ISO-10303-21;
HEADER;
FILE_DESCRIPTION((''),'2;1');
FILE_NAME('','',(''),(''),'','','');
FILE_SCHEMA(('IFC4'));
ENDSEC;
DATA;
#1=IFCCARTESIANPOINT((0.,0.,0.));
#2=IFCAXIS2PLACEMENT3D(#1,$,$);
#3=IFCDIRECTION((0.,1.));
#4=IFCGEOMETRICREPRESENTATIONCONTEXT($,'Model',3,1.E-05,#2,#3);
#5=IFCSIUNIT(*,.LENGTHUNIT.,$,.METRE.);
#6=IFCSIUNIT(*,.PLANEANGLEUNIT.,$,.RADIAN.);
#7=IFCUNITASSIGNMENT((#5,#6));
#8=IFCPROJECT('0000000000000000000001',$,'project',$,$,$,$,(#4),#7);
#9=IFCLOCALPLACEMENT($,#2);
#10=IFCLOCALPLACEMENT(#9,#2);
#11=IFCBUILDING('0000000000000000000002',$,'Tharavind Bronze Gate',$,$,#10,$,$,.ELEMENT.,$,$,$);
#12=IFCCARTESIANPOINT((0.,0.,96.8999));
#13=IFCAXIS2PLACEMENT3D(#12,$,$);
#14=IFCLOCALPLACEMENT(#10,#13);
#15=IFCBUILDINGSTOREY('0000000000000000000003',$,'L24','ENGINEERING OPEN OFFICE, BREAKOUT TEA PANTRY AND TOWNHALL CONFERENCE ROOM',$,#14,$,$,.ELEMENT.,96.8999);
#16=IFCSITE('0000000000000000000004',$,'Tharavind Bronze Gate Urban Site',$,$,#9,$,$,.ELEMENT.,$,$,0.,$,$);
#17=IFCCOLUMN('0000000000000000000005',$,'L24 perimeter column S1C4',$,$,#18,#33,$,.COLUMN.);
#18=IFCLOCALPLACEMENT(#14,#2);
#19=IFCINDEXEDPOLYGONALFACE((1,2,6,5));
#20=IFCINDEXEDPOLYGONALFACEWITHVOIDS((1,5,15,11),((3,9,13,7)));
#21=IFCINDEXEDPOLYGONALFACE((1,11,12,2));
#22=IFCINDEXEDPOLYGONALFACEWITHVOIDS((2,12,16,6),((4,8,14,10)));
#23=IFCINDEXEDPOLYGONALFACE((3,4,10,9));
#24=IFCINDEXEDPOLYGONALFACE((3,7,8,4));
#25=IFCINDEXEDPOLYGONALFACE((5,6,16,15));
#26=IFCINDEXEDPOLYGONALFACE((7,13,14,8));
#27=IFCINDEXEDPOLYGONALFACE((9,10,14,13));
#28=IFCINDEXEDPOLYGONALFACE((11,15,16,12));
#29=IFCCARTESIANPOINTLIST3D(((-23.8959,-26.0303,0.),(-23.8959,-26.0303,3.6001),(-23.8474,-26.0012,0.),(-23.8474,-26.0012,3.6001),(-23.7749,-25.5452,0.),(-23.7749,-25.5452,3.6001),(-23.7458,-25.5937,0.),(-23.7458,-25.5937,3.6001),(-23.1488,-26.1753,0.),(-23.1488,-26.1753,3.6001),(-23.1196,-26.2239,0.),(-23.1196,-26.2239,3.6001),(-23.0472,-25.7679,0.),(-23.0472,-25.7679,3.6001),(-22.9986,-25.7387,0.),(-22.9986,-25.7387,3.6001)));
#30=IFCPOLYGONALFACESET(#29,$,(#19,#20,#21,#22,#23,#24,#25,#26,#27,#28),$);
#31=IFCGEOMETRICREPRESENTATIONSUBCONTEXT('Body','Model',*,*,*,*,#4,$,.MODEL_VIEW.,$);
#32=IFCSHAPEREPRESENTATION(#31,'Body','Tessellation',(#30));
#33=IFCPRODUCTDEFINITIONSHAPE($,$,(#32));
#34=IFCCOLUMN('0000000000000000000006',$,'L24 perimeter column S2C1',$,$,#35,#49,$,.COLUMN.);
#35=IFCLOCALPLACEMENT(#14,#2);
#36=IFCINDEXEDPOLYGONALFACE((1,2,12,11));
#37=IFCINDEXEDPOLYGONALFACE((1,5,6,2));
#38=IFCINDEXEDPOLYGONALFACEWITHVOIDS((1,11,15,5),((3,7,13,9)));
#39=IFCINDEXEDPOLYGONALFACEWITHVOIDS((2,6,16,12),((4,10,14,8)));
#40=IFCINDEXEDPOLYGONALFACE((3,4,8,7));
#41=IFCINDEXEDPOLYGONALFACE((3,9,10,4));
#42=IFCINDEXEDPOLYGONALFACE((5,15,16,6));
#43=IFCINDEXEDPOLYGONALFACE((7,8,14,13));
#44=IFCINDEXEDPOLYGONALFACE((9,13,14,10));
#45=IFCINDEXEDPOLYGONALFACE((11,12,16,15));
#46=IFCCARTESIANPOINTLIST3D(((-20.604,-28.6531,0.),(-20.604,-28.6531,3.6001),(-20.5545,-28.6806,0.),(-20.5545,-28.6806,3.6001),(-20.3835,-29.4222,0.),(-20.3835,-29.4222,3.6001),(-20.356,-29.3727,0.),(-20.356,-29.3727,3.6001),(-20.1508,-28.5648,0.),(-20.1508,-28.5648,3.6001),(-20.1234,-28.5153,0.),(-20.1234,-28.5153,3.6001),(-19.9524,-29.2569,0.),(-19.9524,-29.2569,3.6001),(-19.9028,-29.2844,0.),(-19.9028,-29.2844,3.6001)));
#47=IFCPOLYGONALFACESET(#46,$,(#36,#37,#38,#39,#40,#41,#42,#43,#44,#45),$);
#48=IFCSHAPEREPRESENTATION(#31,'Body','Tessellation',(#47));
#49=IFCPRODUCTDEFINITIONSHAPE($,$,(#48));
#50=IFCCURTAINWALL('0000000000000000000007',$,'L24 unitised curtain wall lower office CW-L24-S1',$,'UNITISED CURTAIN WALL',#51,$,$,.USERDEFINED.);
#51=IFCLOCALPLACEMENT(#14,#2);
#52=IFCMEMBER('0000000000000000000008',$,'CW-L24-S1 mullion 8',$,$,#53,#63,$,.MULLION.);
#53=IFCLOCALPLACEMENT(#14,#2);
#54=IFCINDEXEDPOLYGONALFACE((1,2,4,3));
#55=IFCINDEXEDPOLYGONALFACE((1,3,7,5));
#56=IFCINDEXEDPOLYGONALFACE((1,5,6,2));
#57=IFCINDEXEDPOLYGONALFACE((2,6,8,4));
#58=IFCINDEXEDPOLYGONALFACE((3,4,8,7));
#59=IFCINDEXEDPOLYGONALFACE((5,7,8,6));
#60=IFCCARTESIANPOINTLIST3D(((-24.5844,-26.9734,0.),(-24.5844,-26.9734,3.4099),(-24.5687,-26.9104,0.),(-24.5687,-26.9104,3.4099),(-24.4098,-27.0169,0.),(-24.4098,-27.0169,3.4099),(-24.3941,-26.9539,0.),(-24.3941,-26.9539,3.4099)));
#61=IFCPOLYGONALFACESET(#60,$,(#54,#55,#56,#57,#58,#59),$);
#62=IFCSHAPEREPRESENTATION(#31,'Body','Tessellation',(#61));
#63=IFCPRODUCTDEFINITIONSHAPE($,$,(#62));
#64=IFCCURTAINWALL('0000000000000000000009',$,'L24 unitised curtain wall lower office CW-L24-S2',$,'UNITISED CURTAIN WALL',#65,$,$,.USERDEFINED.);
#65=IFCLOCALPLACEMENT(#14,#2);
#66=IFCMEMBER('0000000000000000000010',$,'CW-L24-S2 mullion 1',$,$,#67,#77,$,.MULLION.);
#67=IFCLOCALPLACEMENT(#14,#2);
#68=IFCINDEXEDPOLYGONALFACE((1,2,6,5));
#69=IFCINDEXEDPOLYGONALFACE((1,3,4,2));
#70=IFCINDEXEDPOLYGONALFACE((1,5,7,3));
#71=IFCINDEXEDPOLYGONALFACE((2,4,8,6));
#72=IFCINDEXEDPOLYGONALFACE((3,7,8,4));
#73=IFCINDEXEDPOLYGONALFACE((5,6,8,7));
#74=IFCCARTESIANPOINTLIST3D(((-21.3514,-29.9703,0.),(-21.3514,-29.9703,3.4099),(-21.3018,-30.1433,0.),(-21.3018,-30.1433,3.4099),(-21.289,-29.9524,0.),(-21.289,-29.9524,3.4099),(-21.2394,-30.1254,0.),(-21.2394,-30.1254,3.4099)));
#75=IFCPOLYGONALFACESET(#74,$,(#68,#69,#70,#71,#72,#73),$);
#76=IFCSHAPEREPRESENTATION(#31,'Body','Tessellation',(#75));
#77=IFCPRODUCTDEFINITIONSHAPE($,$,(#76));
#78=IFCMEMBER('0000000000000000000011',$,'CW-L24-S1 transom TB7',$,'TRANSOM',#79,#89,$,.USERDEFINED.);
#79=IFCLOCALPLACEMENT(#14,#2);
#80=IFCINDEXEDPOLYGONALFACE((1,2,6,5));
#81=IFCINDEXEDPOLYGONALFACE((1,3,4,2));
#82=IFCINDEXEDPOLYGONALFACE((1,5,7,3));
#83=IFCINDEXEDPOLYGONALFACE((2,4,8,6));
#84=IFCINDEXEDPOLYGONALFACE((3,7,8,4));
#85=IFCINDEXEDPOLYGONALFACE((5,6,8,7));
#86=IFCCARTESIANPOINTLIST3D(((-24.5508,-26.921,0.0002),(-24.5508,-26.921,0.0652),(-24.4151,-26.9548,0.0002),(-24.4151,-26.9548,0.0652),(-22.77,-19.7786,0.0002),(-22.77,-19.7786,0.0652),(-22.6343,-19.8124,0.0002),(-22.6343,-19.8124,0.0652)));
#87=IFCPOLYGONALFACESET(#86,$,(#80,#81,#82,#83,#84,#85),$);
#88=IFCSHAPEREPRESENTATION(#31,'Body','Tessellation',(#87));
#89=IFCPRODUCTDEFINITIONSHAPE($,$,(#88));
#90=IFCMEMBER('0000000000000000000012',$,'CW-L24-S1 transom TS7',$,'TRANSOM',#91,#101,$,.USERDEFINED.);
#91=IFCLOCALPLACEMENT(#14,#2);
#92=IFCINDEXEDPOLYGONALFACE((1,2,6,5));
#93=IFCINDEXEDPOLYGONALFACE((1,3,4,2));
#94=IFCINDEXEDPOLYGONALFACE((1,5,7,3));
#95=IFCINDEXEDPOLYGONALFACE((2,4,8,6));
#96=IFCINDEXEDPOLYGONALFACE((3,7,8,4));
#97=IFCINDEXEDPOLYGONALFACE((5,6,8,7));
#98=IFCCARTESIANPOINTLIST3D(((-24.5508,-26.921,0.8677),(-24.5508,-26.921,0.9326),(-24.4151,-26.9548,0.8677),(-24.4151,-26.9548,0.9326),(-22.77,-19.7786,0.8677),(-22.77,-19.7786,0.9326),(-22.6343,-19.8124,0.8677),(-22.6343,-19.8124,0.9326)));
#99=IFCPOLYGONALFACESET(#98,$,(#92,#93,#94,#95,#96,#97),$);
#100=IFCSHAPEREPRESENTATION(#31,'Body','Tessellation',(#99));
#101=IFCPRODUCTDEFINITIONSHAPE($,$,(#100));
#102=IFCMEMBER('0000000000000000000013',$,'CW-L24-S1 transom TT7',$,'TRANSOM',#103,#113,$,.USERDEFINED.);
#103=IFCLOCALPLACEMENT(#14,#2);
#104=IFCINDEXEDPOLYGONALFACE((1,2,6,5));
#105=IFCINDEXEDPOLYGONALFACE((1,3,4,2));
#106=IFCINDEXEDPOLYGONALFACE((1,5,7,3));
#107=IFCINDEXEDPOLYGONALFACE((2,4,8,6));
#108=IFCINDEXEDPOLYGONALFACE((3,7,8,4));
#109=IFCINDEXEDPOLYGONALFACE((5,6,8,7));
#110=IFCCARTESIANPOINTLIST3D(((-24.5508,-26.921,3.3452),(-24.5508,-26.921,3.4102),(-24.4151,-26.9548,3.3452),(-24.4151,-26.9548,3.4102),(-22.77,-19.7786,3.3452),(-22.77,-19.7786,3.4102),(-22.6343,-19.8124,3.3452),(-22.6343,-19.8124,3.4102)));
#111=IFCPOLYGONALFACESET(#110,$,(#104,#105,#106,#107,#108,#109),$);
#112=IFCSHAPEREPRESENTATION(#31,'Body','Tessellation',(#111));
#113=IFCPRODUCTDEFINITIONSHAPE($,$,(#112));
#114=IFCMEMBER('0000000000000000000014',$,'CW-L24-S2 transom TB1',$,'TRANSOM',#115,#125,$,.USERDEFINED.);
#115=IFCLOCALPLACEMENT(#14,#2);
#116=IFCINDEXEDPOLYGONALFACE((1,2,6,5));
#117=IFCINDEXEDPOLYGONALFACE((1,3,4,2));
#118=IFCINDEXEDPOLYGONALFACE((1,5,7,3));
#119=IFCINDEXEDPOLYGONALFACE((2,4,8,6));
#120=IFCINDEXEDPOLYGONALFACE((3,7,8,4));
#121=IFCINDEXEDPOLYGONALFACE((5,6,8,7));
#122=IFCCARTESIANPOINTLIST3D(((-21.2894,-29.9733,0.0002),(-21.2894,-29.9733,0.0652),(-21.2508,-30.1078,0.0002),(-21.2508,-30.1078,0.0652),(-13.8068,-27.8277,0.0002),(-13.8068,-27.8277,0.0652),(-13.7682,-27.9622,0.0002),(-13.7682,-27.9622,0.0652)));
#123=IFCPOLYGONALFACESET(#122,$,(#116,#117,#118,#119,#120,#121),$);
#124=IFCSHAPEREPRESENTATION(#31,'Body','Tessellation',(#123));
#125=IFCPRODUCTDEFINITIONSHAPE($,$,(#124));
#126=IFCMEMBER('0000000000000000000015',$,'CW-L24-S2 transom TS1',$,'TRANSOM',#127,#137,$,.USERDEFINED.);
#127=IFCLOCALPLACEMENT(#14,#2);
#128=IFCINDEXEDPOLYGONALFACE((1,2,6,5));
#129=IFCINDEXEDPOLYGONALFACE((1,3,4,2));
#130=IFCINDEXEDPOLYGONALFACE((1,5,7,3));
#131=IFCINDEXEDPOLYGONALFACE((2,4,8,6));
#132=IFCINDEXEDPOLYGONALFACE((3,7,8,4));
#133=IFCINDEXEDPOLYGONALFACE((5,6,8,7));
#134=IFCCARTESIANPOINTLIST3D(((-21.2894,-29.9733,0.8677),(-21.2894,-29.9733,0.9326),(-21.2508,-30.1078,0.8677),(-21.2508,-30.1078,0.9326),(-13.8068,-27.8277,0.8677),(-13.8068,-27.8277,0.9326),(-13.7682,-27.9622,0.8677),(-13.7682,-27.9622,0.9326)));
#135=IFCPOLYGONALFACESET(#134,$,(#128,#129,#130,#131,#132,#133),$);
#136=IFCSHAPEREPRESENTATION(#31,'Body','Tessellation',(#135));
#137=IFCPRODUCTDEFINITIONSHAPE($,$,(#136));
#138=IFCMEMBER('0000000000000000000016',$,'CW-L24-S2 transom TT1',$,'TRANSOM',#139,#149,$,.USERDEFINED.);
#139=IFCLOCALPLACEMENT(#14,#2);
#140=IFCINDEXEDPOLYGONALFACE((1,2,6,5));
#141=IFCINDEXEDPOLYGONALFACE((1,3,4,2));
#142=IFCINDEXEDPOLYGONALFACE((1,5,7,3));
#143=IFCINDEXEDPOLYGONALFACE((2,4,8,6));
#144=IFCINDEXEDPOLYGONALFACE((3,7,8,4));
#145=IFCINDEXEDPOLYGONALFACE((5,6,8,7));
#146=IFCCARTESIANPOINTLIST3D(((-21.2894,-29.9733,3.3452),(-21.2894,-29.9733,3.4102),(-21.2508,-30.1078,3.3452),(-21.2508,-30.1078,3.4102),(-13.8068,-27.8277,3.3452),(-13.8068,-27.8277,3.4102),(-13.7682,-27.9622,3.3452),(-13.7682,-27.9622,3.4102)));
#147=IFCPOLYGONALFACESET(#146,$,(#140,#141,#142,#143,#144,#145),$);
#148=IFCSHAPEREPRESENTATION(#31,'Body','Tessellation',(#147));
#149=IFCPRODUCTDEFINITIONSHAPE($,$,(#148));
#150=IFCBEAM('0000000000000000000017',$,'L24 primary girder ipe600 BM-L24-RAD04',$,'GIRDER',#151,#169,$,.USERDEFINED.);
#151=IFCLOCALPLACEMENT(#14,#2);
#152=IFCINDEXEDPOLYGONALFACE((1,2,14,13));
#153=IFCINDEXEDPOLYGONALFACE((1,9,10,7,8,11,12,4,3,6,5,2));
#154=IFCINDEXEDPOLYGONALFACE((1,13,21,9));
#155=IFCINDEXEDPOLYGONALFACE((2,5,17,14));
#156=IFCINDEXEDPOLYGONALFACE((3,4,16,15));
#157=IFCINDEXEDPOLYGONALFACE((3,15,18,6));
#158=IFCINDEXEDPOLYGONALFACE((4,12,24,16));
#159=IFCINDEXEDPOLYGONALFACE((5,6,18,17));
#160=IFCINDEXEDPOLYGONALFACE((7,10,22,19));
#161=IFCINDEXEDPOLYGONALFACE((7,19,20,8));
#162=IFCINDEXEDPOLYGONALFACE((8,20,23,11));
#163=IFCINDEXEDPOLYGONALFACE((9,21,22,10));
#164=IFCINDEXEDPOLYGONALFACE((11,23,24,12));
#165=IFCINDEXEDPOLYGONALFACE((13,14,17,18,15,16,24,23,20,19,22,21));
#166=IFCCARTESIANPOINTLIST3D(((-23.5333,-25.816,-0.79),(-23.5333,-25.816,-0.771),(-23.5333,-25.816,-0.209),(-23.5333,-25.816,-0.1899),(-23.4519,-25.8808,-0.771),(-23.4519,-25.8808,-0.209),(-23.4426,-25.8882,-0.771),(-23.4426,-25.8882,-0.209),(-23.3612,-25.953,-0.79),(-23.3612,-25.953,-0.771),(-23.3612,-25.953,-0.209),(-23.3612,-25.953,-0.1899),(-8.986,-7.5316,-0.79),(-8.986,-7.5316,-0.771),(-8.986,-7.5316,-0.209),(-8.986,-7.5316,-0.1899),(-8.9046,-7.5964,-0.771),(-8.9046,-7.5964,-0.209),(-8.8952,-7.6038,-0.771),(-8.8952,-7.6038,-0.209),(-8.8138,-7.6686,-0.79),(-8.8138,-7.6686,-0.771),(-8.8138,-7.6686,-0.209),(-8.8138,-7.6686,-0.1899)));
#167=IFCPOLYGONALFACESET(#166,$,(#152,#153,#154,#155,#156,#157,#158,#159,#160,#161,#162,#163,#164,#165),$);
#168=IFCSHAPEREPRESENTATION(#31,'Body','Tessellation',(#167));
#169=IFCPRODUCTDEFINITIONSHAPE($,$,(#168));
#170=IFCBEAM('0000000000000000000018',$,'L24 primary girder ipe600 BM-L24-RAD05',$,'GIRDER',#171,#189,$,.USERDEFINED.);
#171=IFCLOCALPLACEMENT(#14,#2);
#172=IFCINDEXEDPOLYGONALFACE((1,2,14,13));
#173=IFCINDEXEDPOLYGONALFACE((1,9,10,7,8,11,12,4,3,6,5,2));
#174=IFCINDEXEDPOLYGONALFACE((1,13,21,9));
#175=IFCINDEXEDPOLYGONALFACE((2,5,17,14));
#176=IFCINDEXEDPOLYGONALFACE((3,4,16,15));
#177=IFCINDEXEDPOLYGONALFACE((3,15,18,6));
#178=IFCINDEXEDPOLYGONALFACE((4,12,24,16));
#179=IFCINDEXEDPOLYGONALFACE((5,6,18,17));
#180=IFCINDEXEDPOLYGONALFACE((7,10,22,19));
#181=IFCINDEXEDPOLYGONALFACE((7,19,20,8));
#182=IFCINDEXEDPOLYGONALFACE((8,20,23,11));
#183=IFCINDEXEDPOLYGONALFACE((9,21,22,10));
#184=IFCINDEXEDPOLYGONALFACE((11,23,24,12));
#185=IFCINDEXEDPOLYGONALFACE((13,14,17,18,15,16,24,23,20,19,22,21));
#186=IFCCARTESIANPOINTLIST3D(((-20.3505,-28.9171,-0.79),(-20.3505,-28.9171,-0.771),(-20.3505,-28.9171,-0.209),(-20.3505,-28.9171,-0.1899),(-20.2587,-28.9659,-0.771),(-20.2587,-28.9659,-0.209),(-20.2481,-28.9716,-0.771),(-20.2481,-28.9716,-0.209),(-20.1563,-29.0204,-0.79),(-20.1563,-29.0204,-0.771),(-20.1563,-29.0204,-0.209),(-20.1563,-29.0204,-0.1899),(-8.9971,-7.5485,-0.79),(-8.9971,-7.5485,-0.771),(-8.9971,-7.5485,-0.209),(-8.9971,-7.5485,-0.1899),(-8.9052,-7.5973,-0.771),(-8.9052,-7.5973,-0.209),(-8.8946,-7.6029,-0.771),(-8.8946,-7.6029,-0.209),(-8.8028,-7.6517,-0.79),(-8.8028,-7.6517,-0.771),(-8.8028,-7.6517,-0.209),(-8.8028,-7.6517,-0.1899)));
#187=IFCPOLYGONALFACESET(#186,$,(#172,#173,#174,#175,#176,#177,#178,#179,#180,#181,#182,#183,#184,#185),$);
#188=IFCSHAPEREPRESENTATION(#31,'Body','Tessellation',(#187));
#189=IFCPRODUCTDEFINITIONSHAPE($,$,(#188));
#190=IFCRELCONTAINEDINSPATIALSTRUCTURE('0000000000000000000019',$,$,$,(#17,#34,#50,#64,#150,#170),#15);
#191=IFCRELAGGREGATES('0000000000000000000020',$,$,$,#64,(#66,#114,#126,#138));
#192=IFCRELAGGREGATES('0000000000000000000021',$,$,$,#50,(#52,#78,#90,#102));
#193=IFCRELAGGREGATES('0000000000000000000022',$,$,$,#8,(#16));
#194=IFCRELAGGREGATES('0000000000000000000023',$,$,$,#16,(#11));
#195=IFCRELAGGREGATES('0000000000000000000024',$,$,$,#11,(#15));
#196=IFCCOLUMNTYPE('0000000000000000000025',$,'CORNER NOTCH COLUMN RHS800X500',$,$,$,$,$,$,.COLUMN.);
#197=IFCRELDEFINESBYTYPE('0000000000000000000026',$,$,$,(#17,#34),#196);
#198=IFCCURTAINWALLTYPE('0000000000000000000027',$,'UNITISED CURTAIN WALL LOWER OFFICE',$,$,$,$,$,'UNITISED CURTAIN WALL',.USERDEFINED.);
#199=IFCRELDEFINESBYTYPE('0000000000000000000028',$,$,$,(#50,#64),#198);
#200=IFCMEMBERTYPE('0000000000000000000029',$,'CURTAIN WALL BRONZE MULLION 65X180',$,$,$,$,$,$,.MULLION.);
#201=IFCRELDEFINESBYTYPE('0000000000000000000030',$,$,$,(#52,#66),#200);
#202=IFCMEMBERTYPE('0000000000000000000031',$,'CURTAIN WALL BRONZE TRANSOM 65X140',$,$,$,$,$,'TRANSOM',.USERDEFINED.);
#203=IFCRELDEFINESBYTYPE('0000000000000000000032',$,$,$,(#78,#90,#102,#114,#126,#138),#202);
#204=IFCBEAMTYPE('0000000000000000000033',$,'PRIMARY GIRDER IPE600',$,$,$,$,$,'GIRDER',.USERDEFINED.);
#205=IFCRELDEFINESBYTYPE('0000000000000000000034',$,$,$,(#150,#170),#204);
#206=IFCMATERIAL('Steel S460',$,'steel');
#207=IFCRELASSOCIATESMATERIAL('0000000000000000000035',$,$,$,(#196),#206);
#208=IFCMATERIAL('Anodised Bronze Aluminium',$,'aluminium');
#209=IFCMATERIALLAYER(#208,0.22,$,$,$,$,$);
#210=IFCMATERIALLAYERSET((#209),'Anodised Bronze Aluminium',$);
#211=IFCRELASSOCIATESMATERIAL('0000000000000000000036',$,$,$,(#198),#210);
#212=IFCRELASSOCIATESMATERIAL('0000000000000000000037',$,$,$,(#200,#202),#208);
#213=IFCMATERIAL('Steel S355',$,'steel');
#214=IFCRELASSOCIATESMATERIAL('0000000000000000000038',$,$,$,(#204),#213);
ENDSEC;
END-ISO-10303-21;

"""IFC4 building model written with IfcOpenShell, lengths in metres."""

from ifc_helpers import new_model, si_unit, direction, frame, origin, origin_2d, place, context, subcontext, project, spatial, rectangle, hollow_rectangle, i_section, extrude, material, layer, layer_set, material_profile, profile_set, type_object, element, aggregate, save


model = new_model("IFC4")

# Units and contexts
model_context = context("Model", 3, precision=1e-05, world=origin(), true_north=direction((0.0, 1.0)))
body_context = subcontext(model_context, "Body", "Model", "MODEL_VIEW")
ifc_project = project(units=[si_unit("LENGTHUNIT", "METRE"), si_unit("PLANEANGLEUNIT", "RADIAN")], contexts=[model_context])

# Site, building, storey
site_placement = place(None, origin())
site = spatial("IfcSite", under=ifc_project, at=site_placement, Name="Tharavind Bronze Gate Urban Site", CompositionType="ELEMENT", RefElevation=0.0)
building_placement = place(site_placement, origin())
building = spatial("IfcBuilding", under=site, at=building_placement, Name="Tharavind Bronze Gate", CompositionType="ELEMENT")
storey_placement = place(building_placement, frame((0.0, 0.0, 96.8999)))
storey = spatial("IfcBuildingStorey", under=building, at=storey_placement, Name="L24", Description="ENGINEERING OPEN OFFICE, BREAKOUT TEA PANTRY AND TOWNHALL CONFERENCE ROOM", CompositionType="ELEMENT", Elevation=96.8999)

# Columns
ifc_material_1 = material(Name="Steel S460", Category="steel")
ifc_material_profile_1 = material_profile(ifc_material_1, hollow_rectangle(XDim=0.5, YDim=0.8, WallThickness=0.04, at=origin_2d()), Name="RHS800X500X40")
ifc_profile_set_1 = profile_set([ifc_material_profile_1], Name="Steel S460")
column_type = type_object("IfcColumnType", Name="CORNER NOTCH COLUMN RHS800X500", PredefinedType="COLUMN", material=ifc_profile_set_1)
for number, where, z_axis, x_axis, name in (
    (1, (-23.4473, -25.8845, 0.0), (0.0, 0.0, 1.0), (0.241922, 0.970296, 0.0), "L24 perimeter column S1C4"),
    (2, (-20.2534, -28.9688, 0.0), (0.0, 0.0, 1.0), (0.961262, 0.275637, 0.0), "L24 perimeter column S2C1"),
):
    element("IfcColumn", number, at=place(storey_placement, frame(where, z_axis=z_axis, x_axis=x_axis)), inside=storey, type_object=column_type, Name=name, PredefinedType="COLUMN", context=body_context, shape_type="SweptSolid", body=[
        extrude(hollow_rectangle(XDim=0.5, YDim=0.8, WallThickness=0.04, at=origin_2d()), origin(), (0.0, 0.0, 1.0), 3.6001),
    ])

# Curtain walls, members
ifc_material_2 = material(Name="Anodised Bronze Aluminium", Category="aluminium")
ifc_layer_1 = layer(ifc_material_2, 0.22)
ifc_layer_set_1 = layer_set([ifc_layer_1], Name="Anodised Bronze Aluminium")
curtain_wall_type = type_object("IfcCurtainWallType", Name="UNITISED CURTAIN WALL LOWER OFFICE", ElementType="UNITISED CURTAIN WALL", PredefinedType="USERDEFINED", material=ifc_layer_set_1)
curtain_wall_1_placement = place(storey_placement, origin())
curtain_wall_1 = element("IfcCurtainWall", 3, at=curtain_wall_1_placement, inside=storey, type_object=curtain_wall_type, Name="L24 unitised curtain wall lower office CW-L24-S1", ObjectType="UNITISED CURTAIN WALL", PredefinedType="USERDEFINED")
member_type_1 = type_object("IfcMemberType", Name="CURTAIN WALL BRONZE MULLION 65X180", PredefinedType="MULLION", material=ifc_material_2)
member_1_placement = place(storey_placement, frame((-24.4893, -26.9636, 0.0), z_axis=(0.0, 0.0, 1.0), x_axis=(-0.241922, -0.970296, 0.0)))
member_1 = element("IfcMember", 4, at=member_1_placement, type_object=member_type_1, Name="CW-L24-S1 mullion 8", PredefinedType="MULLION", context=body_context, shape_type="SweptSolid", body=[
    extrude(rectangle(XDim=0.0649, YDim=0.1799, at=origin_2d()), origin(), (0.0, 0.0, 1.0), 3.4099),
])
curtain_wall_2_placement = place(storey_placement, origin())
curtain_wall_2 = element("IfcCurtainWall", 5, at=curtain_wall_2_placement, inside=storey, type_object=curtain_wall_type, Name="L24 unitised curtain wall lower office CW-L24-S2", ObjectType="UNITISED CURTAIN WALL", PredefinedType="USERDEFINED")
member_2_placement = place(storey_placement, frame((-21.2954, -30.0479, 0.0), z_axis=(0.0, 0.0, 1.0), x_axis=(0.961262, 0.275637, 0.0)))
member_2 = element("IfcMember", 6, at=member_2_placement, type_object=member_type_1, Name="CW-L24-S2 mullion 1", PredefinedType="MULLION", context=body_context, shape_type="SweptSolid", body=[
    extrude(rectangle(XDim=0.0649, YDim=0.1799, at=origin_2d()), origin(), (0.0, 0.0, 1.0), 3.4099),
])

# Members
member_type_2 = type_object("IfcMemberType", Name="CURTAIN WALL BRONZE TRANSOM 65X140", ElementType="TRANSOM", PredefinedType="USERDEFINED", material=ifc_material_2)
member_3_placement = place(storey_placement, frame((-23.5925, -23.3667, 0.0002), z_axis=(0.0, 0.0, 1.0), x_axis=(-0.241922, -0.970296, 0.0)))
member_3 = element("IfcMember", 7, at=member_3_placement, type_object=member_type_2, Name="CW-L24-S1 transom TB7", ObjectType="TRANSOM", PredefinedType="USERDEFINED", context=body_context, shape_type="SweptSolid", body=[
    extrude(rectangle(XDim=7.3611, YDim=0.1399, at=origin_2d()), origin(), (0.0, 0.0, 1.0), 0.0649),
])
member_4_placement = place(storey_placement, frame((-23.5925, -23.3667, 0.8677), z_axis=(0.0, 0.0, 1.0), x_axis=(-0.241922, -0.970296, 0.0)))
member_4 = element("IfcMember", 8, at=member_4_placement, type_object=member_type_2, Name="CW-L24-S1 transom TS7", ObjectType="TRANSOM", PredefinedType="USERDEFINED", context=body_context, shape_type="SweptSolid", body=[
    extrude(rectangle(XDim=7.3611, YDim=0.1399, at=origin_2d()), origin(), (0.0, 0.0, 1.0), 0.0649),
])
member_5_placement = place(storey_placement, frame((-23.5925, -23.3667, 3.3452), z_axis=(0.0, 0.0, 1.0), x_axis=(-0.241922, -0.970296, 0.0)))
member_5 = element("IfcMember", 9, at=member_5_placement, type_object=member_type_2, Name="CW-L24-S1 transom TT7", ObjectType="TRANSOM", PredefinedType="USERDEFINED", context=body_context, shape_type="SweptSolid", body=[
    extrude(rectangle(XDim=7.3611, YDim=0.1399, at=origin_2d()), origin(), (0.0, 0.0, 1.0), 0.0649),
])
member_6_placement = place(storey_placement, frame((-17.5288, -28.9678, 0.0002), z_axis=(0.0, 0.0, 1.0), x_axis=(0.961262, 0.275637, 0.0)))
member_6 = element("IfcMember", 10, at=member_6_placement, type_object=member_type_2, Name="CW-L24-S2 transom TB1", ObjectType="TRANSOM", PredefinedType="USERDEFINED", context=body_context, shape_type="SweptSolid", body=[
    extrude(rectangle(XDim=7.7842, YDim=0.1399, at=origin_2d()), origin(), (0.0, 0.0, 1.0), 0.0649),
])
member_7_placement = place(storey_placement, frame((-17.5288, -28.9678, 0.8677), z_axis=(0.0, 0.0, 1.0), x_axis=(0.961262, 0.275637, 0.0)))
member_7 = element("IfcMember", 11, at=member_7_placement, type_object=member_type_2, Name="CW-L24-S2 transom TS1", ObjectType="TRANSOM", PredefinedType="USERDEFINED", context=body_context, shape_type="SweptSolid", body=[
    extrude(rectangle(XDim=7.7842, YDim=0.1399, at=origin_2d()), origin(), (0.0, 0.0, 1.0), 0.0649),
])
member_8_placement = place(storey_placement, frame((-17.5288, -28.9678, 3.3452), z_axis=(0.0, 0.0, 1.0), x_axis=(0.961262, 0.275637, 0.0)))
member_8 = element("IfcMember", 12, at=member_8_placement, type_object=member_type_2, Name="CW-L24-S2 transom TT1", ObjectType="TRANSOM", PredefinedType="USERDEFINED", context=body_context, shape_type="SweptSolid", body=[
    extrude(rectangle(XDim=7.7842, YDim=0.1399, at=origin_2d()), origin(), (0.0, 0.0, 1.0), 0.0649),
])
aggregate(curtain_wall_2, [member_2, member_6, member_7, member_8])

# Beams
ifc_material_3 = material(Name="Steel S355", Category="steel")
ifc_material_profile_2 = material_profile(ifc_material_3, i_section(OverallWidth=0.22, OverallDepth=0.6001, WebThickness=0.012, FlangeThickness=0.019, at=origin_2d()), Name="IPE600")
ifc_profile_set_2 = profile_set([ifc_material_profile_2], Name="Steel S355")
beam_type_1 = type_object("IfcBeamType", Name="PRIMARY GIRDER IPE600", ElementType="GIRDER", PredefinedType="USERDEFINED", material=ifc_profile_set_2)
beam_1_placement = place(storey_placement, frame((-23.4473, -25.8845, -0.49), z_axis=(0.622601, 0.78254, 0.0), x_axis=(-0.78254, 0.622601, 0.0)))
element("IfcBeam", 13, at=beam_1_placement, inside=storey, type_object=beam_type_1, Name="L24 primary girder ipe600 BM-L24-RAD04", ObjectType="GIRDER", PredefinedType="USERDEFINED", context=body_context, shape_type="SweptSolid", body=[
    extrude(i_section(OverallWidth=0.22, OverallDepth=0.6001, WebThickness=0.012, FlangeThickness=0.019, at=origin_2d()), origin(), (0.0, 0.0, 1.0), 23.3655),
])
beam_2_placement = place(storey_placement, frame((-20.2534, -28.9688, -0.49), z_axis=(0.469201, 0.883091, 0.0), x_axis=(-0.883091, 0.469201, 0.0)))
element("IfcBeam", 14, at=beam_2_placement, inside=storey, type_object=beam_type_1, Name="L24 primary girder ipe600 BM-L24-RAD05", ObjectType="GIRDER", PredefinedType="USERDEFINED", context=body_context, shape_type="SweptSolid", body=[
    extrude(i_section(OverallWidth=0.22, OverallDepth=0.6001, WebThickness=0.012, FlangeThickness=0.019, at=origin_2d()), origin(), (0.0, 0.0, 1.0), 24.1975),
])

aggregate(curtain_wall_1, [member_1, member_3, member_4, member_5])

save(model, "model.ifc")
